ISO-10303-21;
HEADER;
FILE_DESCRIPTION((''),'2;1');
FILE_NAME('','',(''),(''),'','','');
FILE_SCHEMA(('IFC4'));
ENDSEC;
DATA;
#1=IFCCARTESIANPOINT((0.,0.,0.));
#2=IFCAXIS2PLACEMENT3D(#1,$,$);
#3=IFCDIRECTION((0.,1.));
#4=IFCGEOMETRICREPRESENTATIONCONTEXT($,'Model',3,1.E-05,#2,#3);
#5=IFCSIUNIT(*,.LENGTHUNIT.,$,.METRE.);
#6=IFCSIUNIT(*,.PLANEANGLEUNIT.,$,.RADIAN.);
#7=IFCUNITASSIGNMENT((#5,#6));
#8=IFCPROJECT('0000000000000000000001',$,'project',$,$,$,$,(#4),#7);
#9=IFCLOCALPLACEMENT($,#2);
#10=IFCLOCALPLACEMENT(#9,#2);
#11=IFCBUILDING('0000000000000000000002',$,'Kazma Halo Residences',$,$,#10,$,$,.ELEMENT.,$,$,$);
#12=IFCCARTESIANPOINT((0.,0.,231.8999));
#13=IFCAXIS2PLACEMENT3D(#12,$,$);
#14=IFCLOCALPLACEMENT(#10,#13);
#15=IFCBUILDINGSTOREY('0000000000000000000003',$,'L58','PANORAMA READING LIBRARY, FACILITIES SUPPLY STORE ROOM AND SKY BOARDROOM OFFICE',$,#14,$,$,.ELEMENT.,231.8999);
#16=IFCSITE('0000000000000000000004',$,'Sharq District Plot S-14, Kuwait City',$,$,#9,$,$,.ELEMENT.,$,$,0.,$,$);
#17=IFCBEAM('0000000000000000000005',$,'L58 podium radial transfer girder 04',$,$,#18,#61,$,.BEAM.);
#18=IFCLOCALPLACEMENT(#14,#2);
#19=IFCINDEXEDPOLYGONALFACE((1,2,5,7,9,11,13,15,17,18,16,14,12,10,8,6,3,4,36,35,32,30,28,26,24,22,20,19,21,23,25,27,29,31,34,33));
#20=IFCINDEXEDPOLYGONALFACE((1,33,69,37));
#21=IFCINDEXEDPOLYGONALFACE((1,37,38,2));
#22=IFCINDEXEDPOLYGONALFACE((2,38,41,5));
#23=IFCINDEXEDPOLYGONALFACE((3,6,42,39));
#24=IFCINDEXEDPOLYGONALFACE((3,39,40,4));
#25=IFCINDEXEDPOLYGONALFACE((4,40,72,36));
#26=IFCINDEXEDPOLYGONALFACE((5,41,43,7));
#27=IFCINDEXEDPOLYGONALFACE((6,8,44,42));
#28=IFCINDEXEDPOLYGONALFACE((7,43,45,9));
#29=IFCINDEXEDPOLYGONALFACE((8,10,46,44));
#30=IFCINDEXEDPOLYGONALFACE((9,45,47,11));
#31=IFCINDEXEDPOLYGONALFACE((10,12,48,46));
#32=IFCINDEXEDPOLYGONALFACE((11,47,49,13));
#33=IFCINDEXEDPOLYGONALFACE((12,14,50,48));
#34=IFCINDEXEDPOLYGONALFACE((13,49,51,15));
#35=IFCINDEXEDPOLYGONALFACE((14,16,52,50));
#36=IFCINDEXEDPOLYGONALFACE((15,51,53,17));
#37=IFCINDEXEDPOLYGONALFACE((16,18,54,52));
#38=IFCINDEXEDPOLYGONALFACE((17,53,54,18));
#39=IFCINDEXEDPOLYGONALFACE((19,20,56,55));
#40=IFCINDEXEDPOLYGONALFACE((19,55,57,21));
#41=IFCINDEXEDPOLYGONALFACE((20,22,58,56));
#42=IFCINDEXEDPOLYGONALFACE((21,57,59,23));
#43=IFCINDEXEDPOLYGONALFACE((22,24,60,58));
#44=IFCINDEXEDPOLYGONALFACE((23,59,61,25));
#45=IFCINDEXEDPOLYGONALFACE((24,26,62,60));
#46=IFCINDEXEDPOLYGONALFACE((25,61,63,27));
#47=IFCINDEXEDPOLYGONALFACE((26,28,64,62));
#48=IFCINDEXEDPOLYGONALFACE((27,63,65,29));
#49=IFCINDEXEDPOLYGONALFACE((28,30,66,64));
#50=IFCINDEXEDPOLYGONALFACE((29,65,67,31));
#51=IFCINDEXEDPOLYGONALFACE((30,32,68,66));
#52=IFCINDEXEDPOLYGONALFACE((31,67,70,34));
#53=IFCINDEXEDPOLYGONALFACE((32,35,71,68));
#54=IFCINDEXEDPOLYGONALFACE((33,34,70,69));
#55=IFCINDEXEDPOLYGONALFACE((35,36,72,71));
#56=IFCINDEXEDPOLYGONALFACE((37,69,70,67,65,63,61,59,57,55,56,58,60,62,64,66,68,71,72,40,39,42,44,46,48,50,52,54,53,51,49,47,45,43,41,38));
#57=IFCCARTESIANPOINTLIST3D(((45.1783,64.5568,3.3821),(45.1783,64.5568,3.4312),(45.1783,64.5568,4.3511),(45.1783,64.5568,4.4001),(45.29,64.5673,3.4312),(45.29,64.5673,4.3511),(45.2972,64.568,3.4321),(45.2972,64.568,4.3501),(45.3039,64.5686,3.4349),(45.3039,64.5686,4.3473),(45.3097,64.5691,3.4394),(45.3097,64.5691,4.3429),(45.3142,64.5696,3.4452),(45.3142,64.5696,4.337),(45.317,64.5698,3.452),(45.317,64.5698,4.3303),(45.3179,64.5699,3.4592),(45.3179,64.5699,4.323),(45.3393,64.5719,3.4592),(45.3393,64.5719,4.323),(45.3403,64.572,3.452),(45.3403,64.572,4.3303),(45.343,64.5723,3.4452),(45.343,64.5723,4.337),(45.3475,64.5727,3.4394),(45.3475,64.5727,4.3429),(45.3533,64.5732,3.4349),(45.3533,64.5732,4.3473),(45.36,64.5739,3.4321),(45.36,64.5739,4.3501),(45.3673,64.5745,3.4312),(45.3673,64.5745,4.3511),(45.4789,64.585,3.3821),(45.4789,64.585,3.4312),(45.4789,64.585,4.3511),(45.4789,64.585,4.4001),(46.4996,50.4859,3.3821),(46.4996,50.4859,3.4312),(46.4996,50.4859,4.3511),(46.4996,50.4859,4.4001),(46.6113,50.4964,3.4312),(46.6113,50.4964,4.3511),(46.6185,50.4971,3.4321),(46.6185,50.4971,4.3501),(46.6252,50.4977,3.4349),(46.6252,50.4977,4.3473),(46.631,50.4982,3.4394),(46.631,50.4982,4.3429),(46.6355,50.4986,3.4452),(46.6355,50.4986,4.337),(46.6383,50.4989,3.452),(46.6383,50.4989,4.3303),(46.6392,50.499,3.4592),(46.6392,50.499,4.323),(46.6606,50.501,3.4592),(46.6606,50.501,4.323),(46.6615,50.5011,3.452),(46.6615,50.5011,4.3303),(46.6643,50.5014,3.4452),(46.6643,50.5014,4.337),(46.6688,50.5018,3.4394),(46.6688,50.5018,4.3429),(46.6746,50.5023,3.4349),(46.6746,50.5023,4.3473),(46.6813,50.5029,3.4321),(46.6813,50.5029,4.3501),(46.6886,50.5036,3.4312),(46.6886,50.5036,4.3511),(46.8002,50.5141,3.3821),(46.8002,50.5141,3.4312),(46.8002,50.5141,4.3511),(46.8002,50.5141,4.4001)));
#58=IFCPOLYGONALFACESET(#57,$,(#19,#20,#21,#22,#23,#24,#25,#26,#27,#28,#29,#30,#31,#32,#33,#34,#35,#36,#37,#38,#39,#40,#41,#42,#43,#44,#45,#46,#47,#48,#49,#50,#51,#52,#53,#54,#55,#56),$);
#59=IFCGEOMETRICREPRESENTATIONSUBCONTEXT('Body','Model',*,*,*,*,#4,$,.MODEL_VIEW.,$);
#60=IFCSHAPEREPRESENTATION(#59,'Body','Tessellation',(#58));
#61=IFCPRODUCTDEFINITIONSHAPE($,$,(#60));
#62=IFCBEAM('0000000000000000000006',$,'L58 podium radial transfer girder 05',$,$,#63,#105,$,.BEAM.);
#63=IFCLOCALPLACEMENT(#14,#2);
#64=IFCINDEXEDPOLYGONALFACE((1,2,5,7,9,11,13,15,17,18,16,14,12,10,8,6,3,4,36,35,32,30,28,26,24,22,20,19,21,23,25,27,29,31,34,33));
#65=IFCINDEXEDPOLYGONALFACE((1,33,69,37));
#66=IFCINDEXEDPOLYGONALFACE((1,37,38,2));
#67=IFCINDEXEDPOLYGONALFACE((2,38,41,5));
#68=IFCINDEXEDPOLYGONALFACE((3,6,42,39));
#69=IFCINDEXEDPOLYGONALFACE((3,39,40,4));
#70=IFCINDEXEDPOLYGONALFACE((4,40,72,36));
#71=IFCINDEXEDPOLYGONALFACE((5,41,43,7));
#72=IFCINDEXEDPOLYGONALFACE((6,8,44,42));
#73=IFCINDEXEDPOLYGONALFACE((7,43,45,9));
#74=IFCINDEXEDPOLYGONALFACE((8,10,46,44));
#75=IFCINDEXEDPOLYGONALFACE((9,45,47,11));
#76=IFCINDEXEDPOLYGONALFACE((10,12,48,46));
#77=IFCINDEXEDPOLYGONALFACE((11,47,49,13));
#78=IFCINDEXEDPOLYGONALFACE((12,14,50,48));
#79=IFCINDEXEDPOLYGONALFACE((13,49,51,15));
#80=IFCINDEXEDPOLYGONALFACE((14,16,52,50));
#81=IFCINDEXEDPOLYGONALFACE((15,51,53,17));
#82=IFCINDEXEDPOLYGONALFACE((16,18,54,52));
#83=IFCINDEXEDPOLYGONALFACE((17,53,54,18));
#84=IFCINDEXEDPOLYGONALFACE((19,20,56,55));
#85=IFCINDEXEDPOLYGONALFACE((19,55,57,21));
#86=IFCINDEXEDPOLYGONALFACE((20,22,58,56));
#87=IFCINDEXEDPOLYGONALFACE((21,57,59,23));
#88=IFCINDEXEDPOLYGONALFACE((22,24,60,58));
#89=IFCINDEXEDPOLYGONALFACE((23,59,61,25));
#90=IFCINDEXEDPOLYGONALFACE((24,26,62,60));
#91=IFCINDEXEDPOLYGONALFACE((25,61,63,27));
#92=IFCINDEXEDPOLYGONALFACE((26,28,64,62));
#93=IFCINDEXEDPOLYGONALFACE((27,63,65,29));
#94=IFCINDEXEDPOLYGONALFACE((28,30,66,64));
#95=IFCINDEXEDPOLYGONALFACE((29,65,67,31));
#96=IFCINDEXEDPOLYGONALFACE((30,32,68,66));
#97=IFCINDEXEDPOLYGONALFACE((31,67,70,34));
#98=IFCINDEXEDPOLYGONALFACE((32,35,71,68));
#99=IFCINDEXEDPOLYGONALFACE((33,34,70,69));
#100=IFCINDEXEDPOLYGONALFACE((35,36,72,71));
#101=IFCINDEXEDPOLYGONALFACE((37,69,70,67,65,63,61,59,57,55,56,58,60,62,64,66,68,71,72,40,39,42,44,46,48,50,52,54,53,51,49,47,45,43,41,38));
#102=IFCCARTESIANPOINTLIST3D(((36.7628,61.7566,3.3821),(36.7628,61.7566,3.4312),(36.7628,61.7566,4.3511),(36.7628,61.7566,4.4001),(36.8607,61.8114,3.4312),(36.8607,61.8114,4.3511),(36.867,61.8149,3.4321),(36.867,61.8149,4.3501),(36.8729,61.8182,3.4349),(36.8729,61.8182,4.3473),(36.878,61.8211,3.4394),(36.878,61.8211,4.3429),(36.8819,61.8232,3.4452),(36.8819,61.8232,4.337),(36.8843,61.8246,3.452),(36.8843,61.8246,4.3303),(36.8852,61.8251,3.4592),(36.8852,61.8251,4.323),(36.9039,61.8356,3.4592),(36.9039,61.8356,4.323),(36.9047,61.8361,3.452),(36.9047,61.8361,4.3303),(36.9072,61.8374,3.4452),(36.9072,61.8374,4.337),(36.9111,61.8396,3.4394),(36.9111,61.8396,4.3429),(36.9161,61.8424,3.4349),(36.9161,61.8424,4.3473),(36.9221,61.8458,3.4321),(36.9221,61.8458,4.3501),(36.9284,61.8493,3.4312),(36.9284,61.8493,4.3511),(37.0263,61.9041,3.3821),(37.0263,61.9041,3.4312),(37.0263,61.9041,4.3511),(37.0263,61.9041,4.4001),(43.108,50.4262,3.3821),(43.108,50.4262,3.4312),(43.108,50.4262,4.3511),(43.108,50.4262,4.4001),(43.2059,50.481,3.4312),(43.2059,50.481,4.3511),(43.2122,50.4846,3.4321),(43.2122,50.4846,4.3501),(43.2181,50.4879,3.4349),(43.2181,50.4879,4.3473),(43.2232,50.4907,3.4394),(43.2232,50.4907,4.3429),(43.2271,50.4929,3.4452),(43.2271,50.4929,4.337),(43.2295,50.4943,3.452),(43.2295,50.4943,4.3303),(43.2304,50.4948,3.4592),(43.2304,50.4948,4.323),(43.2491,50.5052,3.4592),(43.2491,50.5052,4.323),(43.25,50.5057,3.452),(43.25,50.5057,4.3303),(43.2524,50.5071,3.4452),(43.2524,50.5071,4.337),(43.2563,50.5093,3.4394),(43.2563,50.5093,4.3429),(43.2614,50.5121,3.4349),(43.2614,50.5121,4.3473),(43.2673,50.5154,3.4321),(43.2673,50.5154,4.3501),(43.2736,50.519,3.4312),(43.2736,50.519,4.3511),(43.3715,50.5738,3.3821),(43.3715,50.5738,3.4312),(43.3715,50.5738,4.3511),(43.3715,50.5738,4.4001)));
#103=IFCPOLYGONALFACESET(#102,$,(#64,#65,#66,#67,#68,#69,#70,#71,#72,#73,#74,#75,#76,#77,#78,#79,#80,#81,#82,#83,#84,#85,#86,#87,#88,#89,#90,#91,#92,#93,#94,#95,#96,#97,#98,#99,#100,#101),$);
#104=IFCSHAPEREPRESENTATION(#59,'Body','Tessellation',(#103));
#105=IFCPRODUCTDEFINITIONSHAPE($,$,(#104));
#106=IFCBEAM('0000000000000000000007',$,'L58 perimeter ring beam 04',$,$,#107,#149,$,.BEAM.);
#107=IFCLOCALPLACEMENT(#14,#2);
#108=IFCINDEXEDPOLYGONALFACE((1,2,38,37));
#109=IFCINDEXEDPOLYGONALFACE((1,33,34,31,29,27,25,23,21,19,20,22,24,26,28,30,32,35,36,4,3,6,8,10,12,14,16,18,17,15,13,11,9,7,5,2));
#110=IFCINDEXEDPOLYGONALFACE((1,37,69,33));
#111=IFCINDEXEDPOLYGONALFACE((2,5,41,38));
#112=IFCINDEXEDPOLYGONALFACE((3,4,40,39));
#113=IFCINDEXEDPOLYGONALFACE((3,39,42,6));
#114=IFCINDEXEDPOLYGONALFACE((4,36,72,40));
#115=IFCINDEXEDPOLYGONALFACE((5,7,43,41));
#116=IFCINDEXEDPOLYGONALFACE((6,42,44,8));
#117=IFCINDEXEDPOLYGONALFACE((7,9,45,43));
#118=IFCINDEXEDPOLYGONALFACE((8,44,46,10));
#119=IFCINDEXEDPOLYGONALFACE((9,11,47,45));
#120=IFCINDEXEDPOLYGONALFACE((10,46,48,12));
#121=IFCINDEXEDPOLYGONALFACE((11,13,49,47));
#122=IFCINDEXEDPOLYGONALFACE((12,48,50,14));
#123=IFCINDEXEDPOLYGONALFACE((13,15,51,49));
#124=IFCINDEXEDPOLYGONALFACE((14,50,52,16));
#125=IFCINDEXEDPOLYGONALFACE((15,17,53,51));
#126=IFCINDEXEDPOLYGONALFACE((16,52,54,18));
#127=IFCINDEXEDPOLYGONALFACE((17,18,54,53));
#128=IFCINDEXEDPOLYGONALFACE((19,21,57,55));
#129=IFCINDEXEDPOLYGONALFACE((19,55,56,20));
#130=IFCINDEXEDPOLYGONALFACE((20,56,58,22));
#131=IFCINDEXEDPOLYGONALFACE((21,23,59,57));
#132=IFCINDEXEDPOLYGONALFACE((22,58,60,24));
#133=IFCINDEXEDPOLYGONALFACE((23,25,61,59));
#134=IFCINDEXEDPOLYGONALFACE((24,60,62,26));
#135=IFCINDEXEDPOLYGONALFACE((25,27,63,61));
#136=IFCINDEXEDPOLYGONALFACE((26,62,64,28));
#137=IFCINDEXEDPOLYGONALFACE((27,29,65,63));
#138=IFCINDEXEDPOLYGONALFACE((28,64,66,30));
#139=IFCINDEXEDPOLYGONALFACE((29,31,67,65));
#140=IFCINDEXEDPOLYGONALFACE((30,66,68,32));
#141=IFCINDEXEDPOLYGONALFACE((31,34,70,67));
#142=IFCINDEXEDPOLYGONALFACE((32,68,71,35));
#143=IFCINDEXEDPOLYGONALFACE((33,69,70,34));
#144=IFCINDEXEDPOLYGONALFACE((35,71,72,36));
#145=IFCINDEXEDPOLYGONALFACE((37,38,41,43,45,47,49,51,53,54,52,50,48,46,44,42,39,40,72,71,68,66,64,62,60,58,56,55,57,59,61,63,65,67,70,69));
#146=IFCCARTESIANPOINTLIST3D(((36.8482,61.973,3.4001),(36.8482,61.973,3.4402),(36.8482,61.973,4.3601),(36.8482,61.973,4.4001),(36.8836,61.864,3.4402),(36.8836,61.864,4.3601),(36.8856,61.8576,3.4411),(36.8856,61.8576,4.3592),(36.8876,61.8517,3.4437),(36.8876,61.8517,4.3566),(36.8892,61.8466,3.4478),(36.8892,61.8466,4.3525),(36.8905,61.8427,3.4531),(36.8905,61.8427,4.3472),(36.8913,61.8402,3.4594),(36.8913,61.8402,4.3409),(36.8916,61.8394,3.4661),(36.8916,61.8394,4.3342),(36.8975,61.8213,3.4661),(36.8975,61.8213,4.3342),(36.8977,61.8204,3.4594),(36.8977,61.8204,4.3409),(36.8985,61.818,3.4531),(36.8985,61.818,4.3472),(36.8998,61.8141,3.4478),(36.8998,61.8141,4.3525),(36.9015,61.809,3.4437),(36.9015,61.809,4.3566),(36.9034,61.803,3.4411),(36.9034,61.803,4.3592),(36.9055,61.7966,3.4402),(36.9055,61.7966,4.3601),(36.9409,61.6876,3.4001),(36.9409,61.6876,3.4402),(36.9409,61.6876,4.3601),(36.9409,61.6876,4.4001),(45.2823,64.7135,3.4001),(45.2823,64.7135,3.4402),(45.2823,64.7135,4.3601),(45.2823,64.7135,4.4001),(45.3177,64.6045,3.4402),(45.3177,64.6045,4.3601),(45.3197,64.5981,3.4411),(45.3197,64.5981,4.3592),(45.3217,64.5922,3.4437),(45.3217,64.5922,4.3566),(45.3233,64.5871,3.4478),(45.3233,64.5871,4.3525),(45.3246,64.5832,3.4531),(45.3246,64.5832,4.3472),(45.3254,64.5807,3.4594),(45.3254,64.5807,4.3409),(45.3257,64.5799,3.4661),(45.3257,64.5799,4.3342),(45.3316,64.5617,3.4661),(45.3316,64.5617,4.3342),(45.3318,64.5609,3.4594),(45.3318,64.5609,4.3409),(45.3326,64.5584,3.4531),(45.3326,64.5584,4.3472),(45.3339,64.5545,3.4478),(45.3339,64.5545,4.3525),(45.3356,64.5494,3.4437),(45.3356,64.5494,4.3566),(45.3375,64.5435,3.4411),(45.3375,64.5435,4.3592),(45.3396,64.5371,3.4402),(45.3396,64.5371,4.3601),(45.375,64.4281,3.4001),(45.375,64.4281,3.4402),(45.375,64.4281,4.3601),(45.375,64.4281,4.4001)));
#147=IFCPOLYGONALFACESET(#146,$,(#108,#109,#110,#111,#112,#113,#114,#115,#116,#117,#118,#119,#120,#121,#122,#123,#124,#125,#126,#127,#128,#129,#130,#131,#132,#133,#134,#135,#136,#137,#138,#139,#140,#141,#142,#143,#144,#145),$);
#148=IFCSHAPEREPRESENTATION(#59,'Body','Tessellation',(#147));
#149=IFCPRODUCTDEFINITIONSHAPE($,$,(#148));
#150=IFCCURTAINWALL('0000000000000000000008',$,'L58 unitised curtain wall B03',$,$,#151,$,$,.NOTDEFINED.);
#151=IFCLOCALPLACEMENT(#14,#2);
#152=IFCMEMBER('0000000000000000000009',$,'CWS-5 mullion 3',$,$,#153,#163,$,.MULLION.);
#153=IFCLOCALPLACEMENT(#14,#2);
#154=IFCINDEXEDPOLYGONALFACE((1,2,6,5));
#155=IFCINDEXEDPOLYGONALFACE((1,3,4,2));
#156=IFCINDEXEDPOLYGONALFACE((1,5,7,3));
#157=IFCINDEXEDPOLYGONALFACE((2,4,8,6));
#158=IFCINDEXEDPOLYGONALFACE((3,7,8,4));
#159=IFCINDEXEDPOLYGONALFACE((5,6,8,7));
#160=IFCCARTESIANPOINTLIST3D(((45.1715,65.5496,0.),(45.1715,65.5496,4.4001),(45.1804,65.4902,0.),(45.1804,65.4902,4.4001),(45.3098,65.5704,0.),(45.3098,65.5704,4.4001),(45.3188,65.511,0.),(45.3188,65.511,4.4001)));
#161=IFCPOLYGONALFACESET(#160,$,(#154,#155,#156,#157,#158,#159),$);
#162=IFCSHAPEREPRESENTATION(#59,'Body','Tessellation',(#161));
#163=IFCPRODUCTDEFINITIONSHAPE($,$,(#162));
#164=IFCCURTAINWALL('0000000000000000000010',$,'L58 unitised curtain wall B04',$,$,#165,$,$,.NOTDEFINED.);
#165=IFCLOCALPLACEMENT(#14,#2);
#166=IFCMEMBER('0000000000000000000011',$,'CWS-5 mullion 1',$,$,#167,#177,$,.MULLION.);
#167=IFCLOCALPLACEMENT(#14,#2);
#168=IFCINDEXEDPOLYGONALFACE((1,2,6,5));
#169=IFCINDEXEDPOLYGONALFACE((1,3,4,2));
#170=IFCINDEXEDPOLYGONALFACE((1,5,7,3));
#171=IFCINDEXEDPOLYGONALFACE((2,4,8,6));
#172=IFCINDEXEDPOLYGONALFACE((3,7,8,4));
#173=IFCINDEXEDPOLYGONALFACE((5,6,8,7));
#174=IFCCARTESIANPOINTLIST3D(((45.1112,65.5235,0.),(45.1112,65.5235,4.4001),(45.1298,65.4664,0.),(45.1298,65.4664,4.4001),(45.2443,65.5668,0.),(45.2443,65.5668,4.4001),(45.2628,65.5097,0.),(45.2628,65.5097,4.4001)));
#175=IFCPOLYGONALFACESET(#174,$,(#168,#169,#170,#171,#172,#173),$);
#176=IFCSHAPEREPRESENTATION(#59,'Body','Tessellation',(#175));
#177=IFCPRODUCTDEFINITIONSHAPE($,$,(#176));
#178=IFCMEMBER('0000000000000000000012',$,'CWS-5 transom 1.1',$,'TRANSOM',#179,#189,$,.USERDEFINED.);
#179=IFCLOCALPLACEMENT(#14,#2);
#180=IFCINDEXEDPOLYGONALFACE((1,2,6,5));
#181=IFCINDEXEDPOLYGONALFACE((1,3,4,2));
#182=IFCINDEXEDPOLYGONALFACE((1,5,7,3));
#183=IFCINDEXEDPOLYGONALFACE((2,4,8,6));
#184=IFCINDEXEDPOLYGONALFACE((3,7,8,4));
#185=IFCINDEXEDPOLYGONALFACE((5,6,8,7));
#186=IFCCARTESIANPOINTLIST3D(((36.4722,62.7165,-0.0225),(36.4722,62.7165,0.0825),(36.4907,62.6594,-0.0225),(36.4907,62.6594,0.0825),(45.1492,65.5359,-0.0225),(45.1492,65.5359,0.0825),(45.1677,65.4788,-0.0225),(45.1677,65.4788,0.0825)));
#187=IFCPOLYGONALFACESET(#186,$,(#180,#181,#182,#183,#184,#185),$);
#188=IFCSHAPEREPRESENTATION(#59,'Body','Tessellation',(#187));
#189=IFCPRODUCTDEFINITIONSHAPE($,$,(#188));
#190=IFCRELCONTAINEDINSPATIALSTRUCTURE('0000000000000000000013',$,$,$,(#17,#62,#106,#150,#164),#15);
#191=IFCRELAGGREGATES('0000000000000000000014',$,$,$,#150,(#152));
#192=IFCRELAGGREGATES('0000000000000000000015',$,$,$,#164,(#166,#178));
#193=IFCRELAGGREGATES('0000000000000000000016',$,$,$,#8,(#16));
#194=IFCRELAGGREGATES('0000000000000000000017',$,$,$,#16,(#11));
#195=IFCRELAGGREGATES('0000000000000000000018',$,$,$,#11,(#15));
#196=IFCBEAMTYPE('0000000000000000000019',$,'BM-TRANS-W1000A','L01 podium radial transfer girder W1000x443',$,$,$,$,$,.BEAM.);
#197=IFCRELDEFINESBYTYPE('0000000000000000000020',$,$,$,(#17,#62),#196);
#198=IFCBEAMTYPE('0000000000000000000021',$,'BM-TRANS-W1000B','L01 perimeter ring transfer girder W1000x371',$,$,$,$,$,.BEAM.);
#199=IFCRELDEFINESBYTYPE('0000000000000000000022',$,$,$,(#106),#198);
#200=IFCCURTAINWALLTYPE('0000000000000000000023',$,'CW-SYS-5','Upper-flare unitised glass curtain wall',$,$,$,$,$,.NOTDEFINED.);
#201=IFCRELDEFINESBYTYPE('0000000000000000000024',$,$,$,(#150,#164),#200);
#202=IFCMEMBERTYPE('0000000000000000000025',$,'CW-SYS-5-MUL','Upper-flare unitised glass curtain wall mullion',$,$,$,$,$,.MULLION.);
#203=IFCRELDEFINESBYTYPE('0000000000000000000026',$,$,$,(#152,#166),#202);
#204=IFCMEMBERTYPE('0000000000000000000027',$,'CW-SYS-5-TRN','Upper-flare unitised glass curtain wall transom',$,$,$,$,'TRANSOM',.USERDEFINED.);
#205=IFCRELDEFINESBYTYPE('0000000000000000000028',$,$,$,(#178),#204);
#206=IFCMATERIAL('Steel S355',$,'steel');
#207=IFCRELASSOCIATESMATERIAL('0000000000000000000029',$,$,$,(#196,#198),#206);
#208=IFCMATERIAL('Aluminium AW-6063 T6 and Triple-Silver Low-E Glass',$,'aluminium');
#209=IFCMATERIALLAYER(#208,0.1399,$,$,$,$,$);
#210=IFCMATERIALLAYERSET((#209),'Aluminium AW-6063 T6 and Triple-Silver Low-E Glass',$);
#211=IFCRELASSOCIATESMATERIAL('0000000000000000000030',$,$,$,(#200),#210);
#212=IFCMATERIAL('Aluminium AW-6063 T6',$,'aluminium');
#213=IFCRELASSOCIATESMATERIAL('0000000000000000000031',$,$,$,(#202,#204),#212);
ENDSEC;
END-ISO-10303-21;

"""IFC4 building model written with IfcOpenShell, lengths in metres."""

from ifc_helpers import new_model, si_unit, direction, frame, origin, origin_2d, place, context, subcontext, project, spatial, rectangle, i_section, extrude, material, layer, layer_set, material_profile, profile_set, type_object, element, aggregate, save


model = new_model("IFC4")

# Units and contexts
model_context = context("Model", 3, precision=1e-05, world=origin(), true_north=direction((0.0, 1.0)))
body_context = subcontext(model_context, "Body", "Model", "MODEL_VIEW")
ifc_project = project(units=[si_unit("LENGTHUNIT", "METRE"), si_unit("PLANEANGLEUNIT", "RADIAN")], contexts=[model_context])

# Site, building, storey
site_placement = place(None, origin())
site = spatial("IfcSite", under=ifc_project, at=site_placement, Name="Sharq District Plot S-14, Kuwait City", CompositionType="ELEMENT", RefElevation=0.0)
building_placement = place(site_placement, origin())
building = spatial("IfcBuilding", under=site, at=building_placement, Name="Kazma Halo Residences", CompositionType="ELEMENT")
storey_placement = place(building_placement, frame((0.0, 0.0, 231.8999)))
storey = spatial("IfcBuildingStorey", under=building, at=storey_placement, Name="L58", Description="PANORAMA READING LIBRARY, FACILITIES SUPPLY STORE ROOM AND SKY BOARDROOM OFFICE", CompositionType="ELEMENT", Elevation=231.8999)

# Beams
ifc_material_1 = material(Name="Steel S355", Category="steel")
ifc_material_profile_1 = material_profile(ifc_material_1, i_section(OverallWidth=0.302, OverallDepth=1.0181, WebThickness=0.0215, FlangeThickness=0.0491, FilletRadius=0.0281, at=origin_2d()), Name="W1000x443")
ifc_profile_set_1 = profile_set([ifc_material_profile_1], Name="Steel S355")
beam_type_1 = type_object("IfcBeamType", Name="BM-TRANS-W1000A", Description="L01 podium radial transfer girder W1000x443", PredefinedType="BEAM", material=ifc_profile_set_1)
beam_1_placement = place(storey_placement, frame((46.6499, 50.5, 3.8911), z_axis=(-0.093492, 0.99562, 0.0), x_axis=(-0.99562, -0.093492, 0.0)))
element("IfcBeam", 1, at=beam_1_placement, inside=storey, type_object=beam_type_1, Name="L58 podium radial transfer girder 04", PredefinedType="BEAM", context=body_context, shape_type="SweptSolid", body=[
    extrude(i_section(OverallWidth=0.302, OverallDepth=1.0181, WebThickness=0.0215, FlangeThickness=0.0491, FilletRadius=0.0281, at=origin_2d()), origin(), (0.0, 0.0, 1.0), 14.1328),
])
beam_2_placement = place(storey_placement, frame((43.2397, 50.5, 3.8911), z_axis=(-0.488617, 0.872498, 0.0), x_axis=(-0.872498, -0.488617, 0.0)))
element("IfcBeam", 2, at=beam_2_placement, inside=storey, type_object=beam_type_1, Name="L58 podium radial transfer girder 05", PredefinedType="BEAM", context=body_context, shape_type="SweptSolid", body=[
    extrude(i_section(OverallWidth=0.302, OverallDepth=1.0181, WebThickness=0.0215, FlangeThickness=0.0491, FilletRadius=0.0281, at=origin_2d()), origin(), (0.0, 0.0, 1.0), 12.9861),
])
ifc_material_profile_2 = material_profile(ifc_material_1, i_section(OverallWidth=0.3, OverallDepth=1.0, WebThickness=0.019, FlangeThickness=0.04, FilletRadius=0.0259, at=origin_2d()), Name="W1000x371")
ifc_profile_set_2 = profile_set([ifc_material_profile_2], Name="Steel S355")
beam_type_2 = type_object("IfcBeamType", Name="BM-TRANS-W1000B", Description="L01 perimeter ring transfer girder W1000x371", PredefinedType="BEAM", material=ifc_profile_set_2)
beam_3_placement = place(storey_placement, frame((45.3286, 64.5708, 3.9001), z_axis=(-0.951054, -0.309025, 0.0), x_axis=(0.309025, -0.951054, 0.0)))
element("IfcBeam", 3, at=beam_3_placement, inside=storey, type_object=beam_type_2, Name="L58 perimeter ring beam 04", PredefinedType="BEAM", context=body_context, shape_type="SweptSolid", body=[
    extrude(i_section(OverallWidth=0.3, OverallDepth=1.0, WebThickness=0.019, FlangeThickness=0.04, FilletRadius=0.0259, at=origin_2d()), origin(), (0.0, 0.0, 1.0), 8.8682),
])

# Curtain wall, member
ifc_material_2 = material(Name="Aluminium AW-6063 T6 and Triple-Silver Low-E Glass", Category="aluminium")
ifc_layer_1 = layer(ifc_material_2, 0.1399)
ifc_layer_set_1 = layer_set([ifc_layer_1], Name="Aluminium AW-6063 T6 and Triple-Silver Low-E Glass")
curtain_wall_type = type_object("IfcCurtainWallType", Name="CW-SYS-5", Description="Upper-flare unitised glass curtain wall", PredefinedType="NOTDEFINED", material=ifc_layer_set_1)
curtain_wall_1_placement = place(storey_placement, origin())
curtain_wall_1 = element("IfcCurtainWall", 4, at=curtain_wall_1_placement, inside=storey, type_object=curtain_wall_type, Name="L58 unitised curtain wall B03", PredefinedType="NOTDEFINED")
ifc_material_3 = material(Name="Aluminium AW-6063 T6", Category="aluminium")
ifc_material_profile_3 = material_profile(ifc_material_3, rectangle(XDim=0.0601, YDim=0.1399, at=origin_2d()), Name="CWM-60x140")
ifc_profile_set_3 = profile_set([ifc_material_profile_3], Name="Aluminium AW-6063 T6")
member_type_1 = type_object("IfcMemberType", Name="CW-SYS-5-MUL", Description="Upper-flare unitised glass curtain wall mullion", PredefinedType="MULLION", material=ifc_profile_set_3)
member_1_placement = place(storey_placement, frame((45.2451, 65.5303, 0.0), z_axis=(0.0, 0.0, 1.0), x_axis=(0.148733, -0.988877, 0.0)))
member_1 = element("IfcMember", 5, at=member_1_placement, type_object=member_type_1, Name="CWS-5 mullion 3", PredefinedType="MULLION", context=body_context, shape_type="SweptSolid", body=[
    extrude(rectangle(XDim=0.0601, YDim=0.1399, at=origin_2d()), origin(), (0.0, 0.0, 1.0), 4.4001),
])

# Curtain wall, members
curtain_wall_2_placement = place(storey_placement, origin())
curtain_wall_2 = element("IfcCurtainWall", 6, at=curtain_wall_2_placement, inside=storey, type_object=curtain_wall_type, Name="L58 unitised curtain wall B04", PredefinedType="NOTDEFINED")
member_2_placement = place(storey_placement, frame((45.187, 65.5166, 0.0), z_axis=(0.0, 0.0, 1.0), x_axis=(0.30902, -0.951056, 0.0)))
member_2 = element("IfcMember", 7, at=member_2_placement, type_object=member_type_1, Name="CWS-5 mullion 1", PredefinedType="MULLION", context=body_context, shape_type="SweptSolid", body=[
    extrude(rectangle(XDim=0.0601, YDim=0.1399, at=origin_2d()), origin(), (0.0, 0.0, 1.0), 4.4001),
])
ifc_material_profile_4 = material_profile(ifc_material_3, rectangle(XDim=0.0601, YDim=0.105, at=origin_2d()), Name="CWT-60x105")
ifc_profile_set_4 = profile_set([ifc_material_profile_4], Name="Aluminium AW-6063 T6")
member_type_2 = type_object("IfcMemberType", Name="CW-SYS-5-TRN", Description="Upper-flare unitised glass curtain wall transom", ElementType="TRANSOM", PredefinedType="USERDEFINED", material=ifc_profile_set_4)
member_3_placement = place(storey_placement, frame((45.1584, 65.5073, 0.03), z_axis=(-0.951056, -0.309018, 0.0), x_axis=(0.309018, -0.951056, 0.0)))
member_3 = element("IfcMember", 8, at=member_3_placement, type_object=member_type_2, Name="CWS-5 transom 1.1", ObjectType="TRANSOM", PredefinedType="USERDEFINED", context=body_context, shape_type="SweptSolid", body=[
    extrude(rectangle(XDim=0.0601, YDim=0.105, at=origin_2d()), origin(), (0.0, 0.0, 1.0), 9.1235),
])

aggregate(curtain_wall_1, [member_1])
aggregate(curtain_wall_2, [member_2, member_3])

save(model, "model.ifc")
